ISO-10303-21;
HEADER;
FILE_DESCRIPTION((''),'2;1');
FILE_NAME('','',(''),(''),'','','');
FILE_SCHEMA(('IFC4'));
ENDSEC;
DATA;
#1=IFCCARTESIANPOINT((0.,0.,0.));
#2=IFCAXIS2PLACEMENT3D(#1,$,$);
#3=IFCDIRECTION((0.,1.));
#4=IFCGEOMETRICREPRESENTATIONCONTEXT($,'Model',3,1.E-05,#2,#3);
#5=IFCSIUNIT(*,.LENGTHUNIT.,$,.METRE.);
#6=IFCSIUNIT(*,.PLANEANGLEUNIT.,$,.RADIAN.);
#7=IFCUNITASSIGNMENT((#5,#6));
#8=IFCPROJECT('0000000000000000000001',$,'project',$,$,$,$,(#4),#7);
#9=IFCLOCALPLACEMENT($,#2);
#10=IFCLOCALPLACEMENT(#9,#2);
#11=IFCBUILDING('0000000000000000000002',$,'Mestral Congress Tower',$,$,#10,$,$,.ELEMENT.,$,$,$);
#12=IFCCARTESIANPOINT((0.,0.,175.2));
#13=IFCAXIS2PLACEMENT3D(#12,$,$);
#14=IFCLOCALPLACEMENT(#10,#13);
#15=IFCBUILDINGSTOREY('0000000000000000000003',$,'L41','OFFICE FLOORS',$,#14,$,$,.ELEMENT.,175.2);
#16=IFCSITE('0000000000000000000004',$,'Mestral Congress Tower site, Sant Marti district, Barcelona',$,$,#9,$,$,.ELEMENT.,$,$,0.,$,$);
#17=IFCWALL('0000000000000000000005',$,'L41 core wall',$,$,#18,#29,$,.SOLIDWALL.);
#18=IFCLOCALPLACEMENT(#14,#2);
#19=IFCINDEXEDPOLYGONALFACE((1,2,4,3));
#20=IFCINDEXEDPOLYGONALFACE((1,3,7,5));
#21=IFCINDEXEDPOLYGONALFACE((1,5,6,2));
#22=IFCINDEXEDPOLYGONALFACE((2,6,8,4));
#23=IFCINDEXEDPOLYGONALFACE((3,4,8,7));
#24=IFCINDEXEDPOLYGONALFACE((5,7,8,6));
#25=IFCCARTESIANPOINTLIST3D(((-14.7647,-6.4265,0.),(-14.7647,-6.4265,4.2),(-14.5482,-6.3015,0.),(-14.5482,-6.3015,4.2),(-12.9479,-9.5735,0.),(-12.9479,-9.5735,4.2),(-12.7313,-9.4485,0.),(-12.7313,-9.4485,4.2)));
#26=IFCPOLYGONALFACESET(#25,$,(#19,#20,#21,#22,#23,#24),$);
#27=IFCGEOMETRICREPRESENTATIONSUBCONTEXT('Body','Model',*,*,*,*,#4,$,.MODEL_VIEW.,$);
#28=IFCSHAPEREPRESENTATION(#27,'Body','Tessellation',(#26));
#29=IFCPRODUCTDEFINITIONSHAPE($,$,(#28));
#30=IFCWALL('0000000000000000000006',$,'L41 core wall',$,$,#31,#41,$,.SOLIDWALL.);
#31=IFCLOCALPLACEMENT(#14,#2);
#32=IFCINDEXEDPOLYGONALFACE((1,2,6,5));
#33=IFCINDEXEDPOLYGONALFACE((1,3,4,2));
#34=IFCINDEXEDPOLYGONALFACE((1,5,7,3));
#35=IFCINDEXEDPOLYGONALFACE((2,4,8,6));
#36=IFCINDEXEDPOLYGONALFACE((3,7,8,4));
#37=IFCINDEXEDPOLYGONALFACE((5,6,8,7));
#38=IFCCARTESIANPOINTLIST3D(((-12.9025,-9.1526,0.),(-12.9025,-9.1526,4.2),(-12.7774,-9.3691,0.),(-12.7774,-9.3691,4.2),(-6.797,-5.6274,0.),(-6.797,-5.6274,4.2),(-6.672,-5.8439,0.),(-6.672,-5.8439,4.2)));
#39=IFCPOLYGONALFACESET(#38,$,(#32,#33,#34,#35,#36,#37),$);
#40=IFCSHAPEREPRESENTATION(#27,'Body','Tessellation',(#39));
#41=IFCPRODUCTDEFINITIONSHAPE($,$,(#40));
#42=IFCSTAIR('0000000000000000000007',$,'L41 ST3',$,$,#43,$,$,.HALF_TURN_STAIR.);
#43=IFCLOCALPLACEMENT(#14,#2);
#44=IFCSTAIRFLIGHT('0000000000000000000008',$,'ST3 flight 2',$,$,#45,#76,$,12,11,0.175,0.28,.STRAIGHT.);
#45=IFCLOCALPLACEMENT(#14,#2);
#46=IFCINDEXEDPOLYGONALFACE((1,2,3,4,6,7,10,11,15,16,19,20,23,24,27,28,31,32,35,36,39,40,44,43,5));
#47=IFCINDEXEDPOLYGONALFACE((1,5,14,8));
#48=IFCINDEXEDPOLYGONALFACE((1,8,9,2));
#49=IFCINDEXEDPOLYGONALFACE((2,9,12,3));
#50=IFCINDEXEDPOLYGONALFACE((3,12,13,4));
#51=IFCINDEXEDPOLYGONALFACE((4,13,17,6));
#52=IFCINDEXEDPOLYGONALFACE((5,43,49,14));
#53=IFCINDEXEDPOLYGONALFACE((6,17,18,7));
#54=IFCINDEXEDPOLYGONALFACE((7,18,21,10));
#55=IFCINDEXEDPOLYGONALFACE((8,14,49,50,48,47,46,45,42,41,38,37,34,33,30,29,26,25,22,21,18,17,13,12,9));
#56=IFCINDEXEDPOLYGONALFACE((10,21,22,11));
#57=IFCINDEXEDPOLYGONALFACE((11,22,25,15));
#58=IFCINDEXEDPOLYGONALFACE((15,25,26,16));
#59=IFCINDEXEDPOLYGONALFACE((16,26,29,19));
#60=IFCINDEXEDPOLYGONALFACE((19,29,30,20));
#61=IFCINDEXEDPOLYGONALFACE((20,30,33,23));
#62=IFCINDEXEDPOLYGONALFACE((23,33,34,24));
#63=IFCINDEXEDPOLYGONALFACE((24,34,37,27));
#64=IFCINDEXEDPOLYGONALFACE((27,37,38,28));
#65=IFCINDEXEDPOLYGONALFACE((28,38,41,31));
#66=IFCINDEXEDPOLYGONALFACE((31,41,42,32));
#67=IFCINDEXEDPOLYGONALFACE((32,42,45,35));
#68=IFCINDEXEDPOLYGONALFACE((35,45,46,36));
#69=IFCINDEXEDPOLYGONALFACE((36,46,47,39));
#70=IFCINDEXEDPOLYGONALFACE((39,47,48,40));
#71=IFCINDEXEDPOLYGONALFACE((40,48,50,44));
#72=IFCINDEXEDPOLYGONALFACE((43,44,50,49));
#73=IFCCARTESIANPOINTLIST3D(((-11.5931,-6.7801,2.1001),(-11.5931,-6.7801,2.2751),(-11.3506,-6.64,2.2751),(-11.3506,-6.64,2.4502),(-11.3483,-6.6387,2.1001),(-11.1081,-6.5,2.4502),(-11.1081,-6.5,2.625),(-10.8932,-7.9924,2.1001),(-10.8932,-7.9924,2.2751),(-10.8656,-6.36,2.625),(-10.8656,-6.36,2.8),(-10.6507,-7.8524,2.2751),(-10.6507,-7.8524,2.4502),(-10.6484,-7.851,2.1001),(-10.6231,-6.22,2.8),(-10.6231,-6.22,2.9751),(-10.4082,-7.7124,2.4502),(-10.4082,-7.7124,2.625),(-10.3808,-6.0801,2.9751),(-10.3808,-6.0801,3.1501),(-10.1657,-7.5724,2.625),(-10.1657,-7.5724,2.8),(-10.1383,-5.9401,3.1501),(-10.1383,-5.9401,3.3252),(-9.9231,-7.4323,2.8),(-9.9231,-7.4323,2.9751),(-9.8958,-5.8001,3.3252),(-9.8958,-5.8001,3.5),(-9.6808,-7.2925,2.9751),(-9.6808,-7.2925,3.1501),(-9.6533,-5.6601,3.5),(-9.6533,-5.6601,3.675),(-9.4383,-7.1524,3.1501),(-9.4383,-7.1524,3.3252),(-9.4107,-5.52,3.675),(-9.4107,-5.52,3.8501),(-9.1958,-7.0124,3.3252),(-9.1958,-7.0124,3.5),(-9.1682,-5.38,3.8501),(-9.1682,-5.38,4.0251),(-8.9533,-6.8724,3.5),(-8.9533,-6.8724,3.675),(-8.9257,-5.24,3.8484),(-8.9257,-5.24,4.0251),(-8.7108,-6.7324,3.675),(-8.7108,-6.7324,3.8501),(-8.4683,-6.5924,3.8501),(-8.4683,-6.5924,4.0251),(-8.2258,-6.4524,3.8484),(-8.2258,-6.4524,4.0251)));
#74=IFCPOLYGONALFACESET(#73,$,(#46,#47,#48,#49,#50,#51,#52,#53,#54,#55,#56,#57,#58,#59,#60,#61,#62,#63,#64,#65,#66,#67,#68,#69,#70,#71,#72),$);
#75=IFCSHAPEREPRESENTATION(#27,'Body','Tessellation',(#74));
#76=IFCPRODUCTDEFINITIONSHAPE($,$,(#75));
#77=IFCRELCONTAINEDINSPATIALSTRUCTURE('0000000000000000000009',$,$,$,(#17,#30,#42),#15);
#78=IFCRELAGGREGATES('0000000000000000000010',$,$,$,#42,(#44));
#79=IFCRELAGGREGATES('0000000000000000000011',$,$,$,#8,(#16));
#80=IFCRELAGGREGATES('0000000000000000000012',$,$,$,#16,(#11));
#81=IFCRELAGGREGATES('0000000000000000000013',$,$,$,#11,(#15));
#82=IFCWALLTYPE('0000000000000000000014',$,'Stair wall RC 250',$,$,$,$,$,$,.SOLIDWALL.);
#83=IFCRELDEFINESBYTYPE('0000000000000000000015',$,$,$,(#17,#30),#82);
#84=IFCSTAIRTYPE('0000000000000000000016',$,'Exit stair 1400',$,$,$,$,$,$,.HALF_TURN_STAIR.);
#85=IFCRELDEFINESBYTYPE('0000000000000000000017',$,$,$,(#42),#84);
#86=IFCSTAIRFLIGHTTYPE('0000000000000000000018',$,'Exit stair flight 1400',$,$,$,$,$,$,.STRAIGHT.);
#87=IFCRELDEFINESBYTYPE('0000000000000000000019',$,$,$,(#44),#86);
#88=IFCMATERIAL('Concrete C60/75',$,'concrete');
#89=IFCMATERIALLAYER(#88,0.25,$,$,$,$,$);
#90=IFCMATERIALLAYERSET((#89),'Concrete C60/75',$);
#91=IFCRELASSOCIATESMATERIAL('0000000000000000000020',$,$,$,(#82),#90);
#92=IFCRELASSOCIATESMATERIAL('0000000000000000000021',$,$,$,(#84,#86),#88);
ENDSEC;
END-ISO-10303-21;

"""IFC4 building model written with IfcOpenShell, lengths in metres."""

from ifc_helpers import new_model, si_unit, direction, frame, frame_2d, origin, place, context, subcontext, project, spatial, polyline, rectangle, outline, extrude, material, layer, layer_set, type_object, element, aggregate, save


model = new_model("IFC4")

# Units and contexts
model_context = context("Model", 3, precision=1e-05, world=origin(), true_north=direction((0.0, 1.0)))
body_context = subcontext(model_context, "Body", "Model", "MODEL_VIEW")
ifc_project = project(units=[si_unit("LENGTHUNIT", "METRE"), si_unit("PLANEANGLEUNIT", "RADIAN")], contexts=[model_context])

# Site, building, storey
site_placement = place(None, origin())
site = spatial("IfcSite", under=ifc_project, at=site_placement, Name="Mestral Congress Tower site, Sant Marti district, Barcelona", CompositionType="ELEMENT", RefElevation=0.0)
building_placement = place(site_placement, origin())
building = spatial("IfcBuilding", under=site, at=building_placement, Name="Mestral Congress Tower", CompositionType="ELEMENT")
storey_placement = place(building_placement, frame((0.0, 0.0, 175.2)))
storey = spatial("IfcBuildingStorey", under=building, at=storey_placement, Name="L41", Description="OFFICE FLOORS", CompositionType="ELEMENT", Elevation=175.2)

# Shared definitions
ifc_material_1 = material(Name="Concrete C60/75", Category="concrete")

# Walls
ifc_layer_1 = layer(ifc_material_1, 0.25)
ifc_layer_set_1 = layer_set([ifc_layer_1], Name="Concrete C60/75")
wall_type_1 = type_object("IfcWallType", Name="Stair wall RC 250", PredefinedType="SOLIDWALL", material=ifc_layer_set_1)
wall_1_placement = place(storey_placement, frame((-12.8396, -9.511, 0.0), z_axis=(0.0, 0.0, 1.0), x_axis=(-0.499998, 0.866027, 0.0)))
element("IfcWall", 1, at=wall_1_placement, inside=storey, type_object=wall_type_1, Name="L41 core wall", PredefinedType="SOLIDWALL", context=body_context, shape_type="SweptSolid", body=[
    extrude(rectangle(XDim=3.6338, YDim=0.25, at=frame_2d((1.8169, 0.0))), origin(), (0.0, 0.0, 1.0), 4.2),
])
wall_2_placement = place(storey_placement, frame((-12.8398, -9.2607, 0.0), z_axis=(0.0, 0.0, 1.0), x_axis=(0.866016, 0.500016, 0.0)))
element("IfcWall", 2, at=wall_2_placement, inside=storey, type_object=wall_type_1, Name="L41 core wall", PredefinedType="SOLIDWALL", context=body_context, shape_type="SweptSolid", body=[
    extrude(rectangle(XDim=7.05, YDim=0.25, at=frame_2d((3.5249, 0.0))), origin(), (0.0, 0.0, 1.0), 4.2),
])

# Stair, stair flight
stair_type = type_object("IfcStairType", Name="Exit stair 1400", PredefinedType="HALF_TURN_STAIR", material=ifc_material_1)
stair_placement = place(storey_placement, origin())
stair = element("IfcStair", 3, at=stair_placement, inside=storey, type_object=stair_type, Name="L41 ST3", PredefinedType="HALF_TURN_STAIR")
stair_flight_type = type_object("IfcStairFlightType", Name="Exit stair flight 1400", PredefinedType="STRAIGHT", material=ifc_material_1)
stair_flight_placement = place(storey_placement, frame((-11.2432, -7.3862, 2.1001), z_axis=(0.0, 0.0, 1.0), x_axis=(0.866025, 0.5, 0.0)))
stair_flight = element("IfcStairFlight", 4, at=stair_flight_placement, type_object=stair_flight_type, Name="ST3 flight 2", NumberOfRisers=12, NumberOfTreads=11, PredefinedType="STRAIGHT", RiserHeight=0.175, TreadLength=0.28, context=body_context, shape_type="SweptSolid", body=[
    extrude(outline(polyline([(0.0, 0.0), (0.0, 0.175), (0.28, 0.175), (0.28, 0.3501), (0.5601, 0.3501), (0.5601, 0.5249), (0.8401, 0.5249), (0.8401, 0.7), (1.1201, 0.7), (1.1201, 0.875), (1.3999, 0.875), (1.3999, 1.05), (1.6799, 1.05), (1.6799, 1.2251), (1.96, 1.2251), (1.96, 1.3999), (2.24, 1.3999), (2.24, 1.575), (2.52, 1.575), (2.52, 1.75), (2.8, 1.75), (2.8, 1.925), (3.0801, 1.925), (3.0801, 2.1001), (3.0801, 1.7483), (0.2827, 0.0), (0.0, 0.0)])), frame((0.0, 0.7, 0.0), z_axis=(0.0, -1.0, 0.0), x_axis=(1.0, 0.0, 0.0)), (0.0, 0.0, 1.0), 1.3999),
])
aggregate(stair, [stair_flight])

save(model, "model.ifc")
